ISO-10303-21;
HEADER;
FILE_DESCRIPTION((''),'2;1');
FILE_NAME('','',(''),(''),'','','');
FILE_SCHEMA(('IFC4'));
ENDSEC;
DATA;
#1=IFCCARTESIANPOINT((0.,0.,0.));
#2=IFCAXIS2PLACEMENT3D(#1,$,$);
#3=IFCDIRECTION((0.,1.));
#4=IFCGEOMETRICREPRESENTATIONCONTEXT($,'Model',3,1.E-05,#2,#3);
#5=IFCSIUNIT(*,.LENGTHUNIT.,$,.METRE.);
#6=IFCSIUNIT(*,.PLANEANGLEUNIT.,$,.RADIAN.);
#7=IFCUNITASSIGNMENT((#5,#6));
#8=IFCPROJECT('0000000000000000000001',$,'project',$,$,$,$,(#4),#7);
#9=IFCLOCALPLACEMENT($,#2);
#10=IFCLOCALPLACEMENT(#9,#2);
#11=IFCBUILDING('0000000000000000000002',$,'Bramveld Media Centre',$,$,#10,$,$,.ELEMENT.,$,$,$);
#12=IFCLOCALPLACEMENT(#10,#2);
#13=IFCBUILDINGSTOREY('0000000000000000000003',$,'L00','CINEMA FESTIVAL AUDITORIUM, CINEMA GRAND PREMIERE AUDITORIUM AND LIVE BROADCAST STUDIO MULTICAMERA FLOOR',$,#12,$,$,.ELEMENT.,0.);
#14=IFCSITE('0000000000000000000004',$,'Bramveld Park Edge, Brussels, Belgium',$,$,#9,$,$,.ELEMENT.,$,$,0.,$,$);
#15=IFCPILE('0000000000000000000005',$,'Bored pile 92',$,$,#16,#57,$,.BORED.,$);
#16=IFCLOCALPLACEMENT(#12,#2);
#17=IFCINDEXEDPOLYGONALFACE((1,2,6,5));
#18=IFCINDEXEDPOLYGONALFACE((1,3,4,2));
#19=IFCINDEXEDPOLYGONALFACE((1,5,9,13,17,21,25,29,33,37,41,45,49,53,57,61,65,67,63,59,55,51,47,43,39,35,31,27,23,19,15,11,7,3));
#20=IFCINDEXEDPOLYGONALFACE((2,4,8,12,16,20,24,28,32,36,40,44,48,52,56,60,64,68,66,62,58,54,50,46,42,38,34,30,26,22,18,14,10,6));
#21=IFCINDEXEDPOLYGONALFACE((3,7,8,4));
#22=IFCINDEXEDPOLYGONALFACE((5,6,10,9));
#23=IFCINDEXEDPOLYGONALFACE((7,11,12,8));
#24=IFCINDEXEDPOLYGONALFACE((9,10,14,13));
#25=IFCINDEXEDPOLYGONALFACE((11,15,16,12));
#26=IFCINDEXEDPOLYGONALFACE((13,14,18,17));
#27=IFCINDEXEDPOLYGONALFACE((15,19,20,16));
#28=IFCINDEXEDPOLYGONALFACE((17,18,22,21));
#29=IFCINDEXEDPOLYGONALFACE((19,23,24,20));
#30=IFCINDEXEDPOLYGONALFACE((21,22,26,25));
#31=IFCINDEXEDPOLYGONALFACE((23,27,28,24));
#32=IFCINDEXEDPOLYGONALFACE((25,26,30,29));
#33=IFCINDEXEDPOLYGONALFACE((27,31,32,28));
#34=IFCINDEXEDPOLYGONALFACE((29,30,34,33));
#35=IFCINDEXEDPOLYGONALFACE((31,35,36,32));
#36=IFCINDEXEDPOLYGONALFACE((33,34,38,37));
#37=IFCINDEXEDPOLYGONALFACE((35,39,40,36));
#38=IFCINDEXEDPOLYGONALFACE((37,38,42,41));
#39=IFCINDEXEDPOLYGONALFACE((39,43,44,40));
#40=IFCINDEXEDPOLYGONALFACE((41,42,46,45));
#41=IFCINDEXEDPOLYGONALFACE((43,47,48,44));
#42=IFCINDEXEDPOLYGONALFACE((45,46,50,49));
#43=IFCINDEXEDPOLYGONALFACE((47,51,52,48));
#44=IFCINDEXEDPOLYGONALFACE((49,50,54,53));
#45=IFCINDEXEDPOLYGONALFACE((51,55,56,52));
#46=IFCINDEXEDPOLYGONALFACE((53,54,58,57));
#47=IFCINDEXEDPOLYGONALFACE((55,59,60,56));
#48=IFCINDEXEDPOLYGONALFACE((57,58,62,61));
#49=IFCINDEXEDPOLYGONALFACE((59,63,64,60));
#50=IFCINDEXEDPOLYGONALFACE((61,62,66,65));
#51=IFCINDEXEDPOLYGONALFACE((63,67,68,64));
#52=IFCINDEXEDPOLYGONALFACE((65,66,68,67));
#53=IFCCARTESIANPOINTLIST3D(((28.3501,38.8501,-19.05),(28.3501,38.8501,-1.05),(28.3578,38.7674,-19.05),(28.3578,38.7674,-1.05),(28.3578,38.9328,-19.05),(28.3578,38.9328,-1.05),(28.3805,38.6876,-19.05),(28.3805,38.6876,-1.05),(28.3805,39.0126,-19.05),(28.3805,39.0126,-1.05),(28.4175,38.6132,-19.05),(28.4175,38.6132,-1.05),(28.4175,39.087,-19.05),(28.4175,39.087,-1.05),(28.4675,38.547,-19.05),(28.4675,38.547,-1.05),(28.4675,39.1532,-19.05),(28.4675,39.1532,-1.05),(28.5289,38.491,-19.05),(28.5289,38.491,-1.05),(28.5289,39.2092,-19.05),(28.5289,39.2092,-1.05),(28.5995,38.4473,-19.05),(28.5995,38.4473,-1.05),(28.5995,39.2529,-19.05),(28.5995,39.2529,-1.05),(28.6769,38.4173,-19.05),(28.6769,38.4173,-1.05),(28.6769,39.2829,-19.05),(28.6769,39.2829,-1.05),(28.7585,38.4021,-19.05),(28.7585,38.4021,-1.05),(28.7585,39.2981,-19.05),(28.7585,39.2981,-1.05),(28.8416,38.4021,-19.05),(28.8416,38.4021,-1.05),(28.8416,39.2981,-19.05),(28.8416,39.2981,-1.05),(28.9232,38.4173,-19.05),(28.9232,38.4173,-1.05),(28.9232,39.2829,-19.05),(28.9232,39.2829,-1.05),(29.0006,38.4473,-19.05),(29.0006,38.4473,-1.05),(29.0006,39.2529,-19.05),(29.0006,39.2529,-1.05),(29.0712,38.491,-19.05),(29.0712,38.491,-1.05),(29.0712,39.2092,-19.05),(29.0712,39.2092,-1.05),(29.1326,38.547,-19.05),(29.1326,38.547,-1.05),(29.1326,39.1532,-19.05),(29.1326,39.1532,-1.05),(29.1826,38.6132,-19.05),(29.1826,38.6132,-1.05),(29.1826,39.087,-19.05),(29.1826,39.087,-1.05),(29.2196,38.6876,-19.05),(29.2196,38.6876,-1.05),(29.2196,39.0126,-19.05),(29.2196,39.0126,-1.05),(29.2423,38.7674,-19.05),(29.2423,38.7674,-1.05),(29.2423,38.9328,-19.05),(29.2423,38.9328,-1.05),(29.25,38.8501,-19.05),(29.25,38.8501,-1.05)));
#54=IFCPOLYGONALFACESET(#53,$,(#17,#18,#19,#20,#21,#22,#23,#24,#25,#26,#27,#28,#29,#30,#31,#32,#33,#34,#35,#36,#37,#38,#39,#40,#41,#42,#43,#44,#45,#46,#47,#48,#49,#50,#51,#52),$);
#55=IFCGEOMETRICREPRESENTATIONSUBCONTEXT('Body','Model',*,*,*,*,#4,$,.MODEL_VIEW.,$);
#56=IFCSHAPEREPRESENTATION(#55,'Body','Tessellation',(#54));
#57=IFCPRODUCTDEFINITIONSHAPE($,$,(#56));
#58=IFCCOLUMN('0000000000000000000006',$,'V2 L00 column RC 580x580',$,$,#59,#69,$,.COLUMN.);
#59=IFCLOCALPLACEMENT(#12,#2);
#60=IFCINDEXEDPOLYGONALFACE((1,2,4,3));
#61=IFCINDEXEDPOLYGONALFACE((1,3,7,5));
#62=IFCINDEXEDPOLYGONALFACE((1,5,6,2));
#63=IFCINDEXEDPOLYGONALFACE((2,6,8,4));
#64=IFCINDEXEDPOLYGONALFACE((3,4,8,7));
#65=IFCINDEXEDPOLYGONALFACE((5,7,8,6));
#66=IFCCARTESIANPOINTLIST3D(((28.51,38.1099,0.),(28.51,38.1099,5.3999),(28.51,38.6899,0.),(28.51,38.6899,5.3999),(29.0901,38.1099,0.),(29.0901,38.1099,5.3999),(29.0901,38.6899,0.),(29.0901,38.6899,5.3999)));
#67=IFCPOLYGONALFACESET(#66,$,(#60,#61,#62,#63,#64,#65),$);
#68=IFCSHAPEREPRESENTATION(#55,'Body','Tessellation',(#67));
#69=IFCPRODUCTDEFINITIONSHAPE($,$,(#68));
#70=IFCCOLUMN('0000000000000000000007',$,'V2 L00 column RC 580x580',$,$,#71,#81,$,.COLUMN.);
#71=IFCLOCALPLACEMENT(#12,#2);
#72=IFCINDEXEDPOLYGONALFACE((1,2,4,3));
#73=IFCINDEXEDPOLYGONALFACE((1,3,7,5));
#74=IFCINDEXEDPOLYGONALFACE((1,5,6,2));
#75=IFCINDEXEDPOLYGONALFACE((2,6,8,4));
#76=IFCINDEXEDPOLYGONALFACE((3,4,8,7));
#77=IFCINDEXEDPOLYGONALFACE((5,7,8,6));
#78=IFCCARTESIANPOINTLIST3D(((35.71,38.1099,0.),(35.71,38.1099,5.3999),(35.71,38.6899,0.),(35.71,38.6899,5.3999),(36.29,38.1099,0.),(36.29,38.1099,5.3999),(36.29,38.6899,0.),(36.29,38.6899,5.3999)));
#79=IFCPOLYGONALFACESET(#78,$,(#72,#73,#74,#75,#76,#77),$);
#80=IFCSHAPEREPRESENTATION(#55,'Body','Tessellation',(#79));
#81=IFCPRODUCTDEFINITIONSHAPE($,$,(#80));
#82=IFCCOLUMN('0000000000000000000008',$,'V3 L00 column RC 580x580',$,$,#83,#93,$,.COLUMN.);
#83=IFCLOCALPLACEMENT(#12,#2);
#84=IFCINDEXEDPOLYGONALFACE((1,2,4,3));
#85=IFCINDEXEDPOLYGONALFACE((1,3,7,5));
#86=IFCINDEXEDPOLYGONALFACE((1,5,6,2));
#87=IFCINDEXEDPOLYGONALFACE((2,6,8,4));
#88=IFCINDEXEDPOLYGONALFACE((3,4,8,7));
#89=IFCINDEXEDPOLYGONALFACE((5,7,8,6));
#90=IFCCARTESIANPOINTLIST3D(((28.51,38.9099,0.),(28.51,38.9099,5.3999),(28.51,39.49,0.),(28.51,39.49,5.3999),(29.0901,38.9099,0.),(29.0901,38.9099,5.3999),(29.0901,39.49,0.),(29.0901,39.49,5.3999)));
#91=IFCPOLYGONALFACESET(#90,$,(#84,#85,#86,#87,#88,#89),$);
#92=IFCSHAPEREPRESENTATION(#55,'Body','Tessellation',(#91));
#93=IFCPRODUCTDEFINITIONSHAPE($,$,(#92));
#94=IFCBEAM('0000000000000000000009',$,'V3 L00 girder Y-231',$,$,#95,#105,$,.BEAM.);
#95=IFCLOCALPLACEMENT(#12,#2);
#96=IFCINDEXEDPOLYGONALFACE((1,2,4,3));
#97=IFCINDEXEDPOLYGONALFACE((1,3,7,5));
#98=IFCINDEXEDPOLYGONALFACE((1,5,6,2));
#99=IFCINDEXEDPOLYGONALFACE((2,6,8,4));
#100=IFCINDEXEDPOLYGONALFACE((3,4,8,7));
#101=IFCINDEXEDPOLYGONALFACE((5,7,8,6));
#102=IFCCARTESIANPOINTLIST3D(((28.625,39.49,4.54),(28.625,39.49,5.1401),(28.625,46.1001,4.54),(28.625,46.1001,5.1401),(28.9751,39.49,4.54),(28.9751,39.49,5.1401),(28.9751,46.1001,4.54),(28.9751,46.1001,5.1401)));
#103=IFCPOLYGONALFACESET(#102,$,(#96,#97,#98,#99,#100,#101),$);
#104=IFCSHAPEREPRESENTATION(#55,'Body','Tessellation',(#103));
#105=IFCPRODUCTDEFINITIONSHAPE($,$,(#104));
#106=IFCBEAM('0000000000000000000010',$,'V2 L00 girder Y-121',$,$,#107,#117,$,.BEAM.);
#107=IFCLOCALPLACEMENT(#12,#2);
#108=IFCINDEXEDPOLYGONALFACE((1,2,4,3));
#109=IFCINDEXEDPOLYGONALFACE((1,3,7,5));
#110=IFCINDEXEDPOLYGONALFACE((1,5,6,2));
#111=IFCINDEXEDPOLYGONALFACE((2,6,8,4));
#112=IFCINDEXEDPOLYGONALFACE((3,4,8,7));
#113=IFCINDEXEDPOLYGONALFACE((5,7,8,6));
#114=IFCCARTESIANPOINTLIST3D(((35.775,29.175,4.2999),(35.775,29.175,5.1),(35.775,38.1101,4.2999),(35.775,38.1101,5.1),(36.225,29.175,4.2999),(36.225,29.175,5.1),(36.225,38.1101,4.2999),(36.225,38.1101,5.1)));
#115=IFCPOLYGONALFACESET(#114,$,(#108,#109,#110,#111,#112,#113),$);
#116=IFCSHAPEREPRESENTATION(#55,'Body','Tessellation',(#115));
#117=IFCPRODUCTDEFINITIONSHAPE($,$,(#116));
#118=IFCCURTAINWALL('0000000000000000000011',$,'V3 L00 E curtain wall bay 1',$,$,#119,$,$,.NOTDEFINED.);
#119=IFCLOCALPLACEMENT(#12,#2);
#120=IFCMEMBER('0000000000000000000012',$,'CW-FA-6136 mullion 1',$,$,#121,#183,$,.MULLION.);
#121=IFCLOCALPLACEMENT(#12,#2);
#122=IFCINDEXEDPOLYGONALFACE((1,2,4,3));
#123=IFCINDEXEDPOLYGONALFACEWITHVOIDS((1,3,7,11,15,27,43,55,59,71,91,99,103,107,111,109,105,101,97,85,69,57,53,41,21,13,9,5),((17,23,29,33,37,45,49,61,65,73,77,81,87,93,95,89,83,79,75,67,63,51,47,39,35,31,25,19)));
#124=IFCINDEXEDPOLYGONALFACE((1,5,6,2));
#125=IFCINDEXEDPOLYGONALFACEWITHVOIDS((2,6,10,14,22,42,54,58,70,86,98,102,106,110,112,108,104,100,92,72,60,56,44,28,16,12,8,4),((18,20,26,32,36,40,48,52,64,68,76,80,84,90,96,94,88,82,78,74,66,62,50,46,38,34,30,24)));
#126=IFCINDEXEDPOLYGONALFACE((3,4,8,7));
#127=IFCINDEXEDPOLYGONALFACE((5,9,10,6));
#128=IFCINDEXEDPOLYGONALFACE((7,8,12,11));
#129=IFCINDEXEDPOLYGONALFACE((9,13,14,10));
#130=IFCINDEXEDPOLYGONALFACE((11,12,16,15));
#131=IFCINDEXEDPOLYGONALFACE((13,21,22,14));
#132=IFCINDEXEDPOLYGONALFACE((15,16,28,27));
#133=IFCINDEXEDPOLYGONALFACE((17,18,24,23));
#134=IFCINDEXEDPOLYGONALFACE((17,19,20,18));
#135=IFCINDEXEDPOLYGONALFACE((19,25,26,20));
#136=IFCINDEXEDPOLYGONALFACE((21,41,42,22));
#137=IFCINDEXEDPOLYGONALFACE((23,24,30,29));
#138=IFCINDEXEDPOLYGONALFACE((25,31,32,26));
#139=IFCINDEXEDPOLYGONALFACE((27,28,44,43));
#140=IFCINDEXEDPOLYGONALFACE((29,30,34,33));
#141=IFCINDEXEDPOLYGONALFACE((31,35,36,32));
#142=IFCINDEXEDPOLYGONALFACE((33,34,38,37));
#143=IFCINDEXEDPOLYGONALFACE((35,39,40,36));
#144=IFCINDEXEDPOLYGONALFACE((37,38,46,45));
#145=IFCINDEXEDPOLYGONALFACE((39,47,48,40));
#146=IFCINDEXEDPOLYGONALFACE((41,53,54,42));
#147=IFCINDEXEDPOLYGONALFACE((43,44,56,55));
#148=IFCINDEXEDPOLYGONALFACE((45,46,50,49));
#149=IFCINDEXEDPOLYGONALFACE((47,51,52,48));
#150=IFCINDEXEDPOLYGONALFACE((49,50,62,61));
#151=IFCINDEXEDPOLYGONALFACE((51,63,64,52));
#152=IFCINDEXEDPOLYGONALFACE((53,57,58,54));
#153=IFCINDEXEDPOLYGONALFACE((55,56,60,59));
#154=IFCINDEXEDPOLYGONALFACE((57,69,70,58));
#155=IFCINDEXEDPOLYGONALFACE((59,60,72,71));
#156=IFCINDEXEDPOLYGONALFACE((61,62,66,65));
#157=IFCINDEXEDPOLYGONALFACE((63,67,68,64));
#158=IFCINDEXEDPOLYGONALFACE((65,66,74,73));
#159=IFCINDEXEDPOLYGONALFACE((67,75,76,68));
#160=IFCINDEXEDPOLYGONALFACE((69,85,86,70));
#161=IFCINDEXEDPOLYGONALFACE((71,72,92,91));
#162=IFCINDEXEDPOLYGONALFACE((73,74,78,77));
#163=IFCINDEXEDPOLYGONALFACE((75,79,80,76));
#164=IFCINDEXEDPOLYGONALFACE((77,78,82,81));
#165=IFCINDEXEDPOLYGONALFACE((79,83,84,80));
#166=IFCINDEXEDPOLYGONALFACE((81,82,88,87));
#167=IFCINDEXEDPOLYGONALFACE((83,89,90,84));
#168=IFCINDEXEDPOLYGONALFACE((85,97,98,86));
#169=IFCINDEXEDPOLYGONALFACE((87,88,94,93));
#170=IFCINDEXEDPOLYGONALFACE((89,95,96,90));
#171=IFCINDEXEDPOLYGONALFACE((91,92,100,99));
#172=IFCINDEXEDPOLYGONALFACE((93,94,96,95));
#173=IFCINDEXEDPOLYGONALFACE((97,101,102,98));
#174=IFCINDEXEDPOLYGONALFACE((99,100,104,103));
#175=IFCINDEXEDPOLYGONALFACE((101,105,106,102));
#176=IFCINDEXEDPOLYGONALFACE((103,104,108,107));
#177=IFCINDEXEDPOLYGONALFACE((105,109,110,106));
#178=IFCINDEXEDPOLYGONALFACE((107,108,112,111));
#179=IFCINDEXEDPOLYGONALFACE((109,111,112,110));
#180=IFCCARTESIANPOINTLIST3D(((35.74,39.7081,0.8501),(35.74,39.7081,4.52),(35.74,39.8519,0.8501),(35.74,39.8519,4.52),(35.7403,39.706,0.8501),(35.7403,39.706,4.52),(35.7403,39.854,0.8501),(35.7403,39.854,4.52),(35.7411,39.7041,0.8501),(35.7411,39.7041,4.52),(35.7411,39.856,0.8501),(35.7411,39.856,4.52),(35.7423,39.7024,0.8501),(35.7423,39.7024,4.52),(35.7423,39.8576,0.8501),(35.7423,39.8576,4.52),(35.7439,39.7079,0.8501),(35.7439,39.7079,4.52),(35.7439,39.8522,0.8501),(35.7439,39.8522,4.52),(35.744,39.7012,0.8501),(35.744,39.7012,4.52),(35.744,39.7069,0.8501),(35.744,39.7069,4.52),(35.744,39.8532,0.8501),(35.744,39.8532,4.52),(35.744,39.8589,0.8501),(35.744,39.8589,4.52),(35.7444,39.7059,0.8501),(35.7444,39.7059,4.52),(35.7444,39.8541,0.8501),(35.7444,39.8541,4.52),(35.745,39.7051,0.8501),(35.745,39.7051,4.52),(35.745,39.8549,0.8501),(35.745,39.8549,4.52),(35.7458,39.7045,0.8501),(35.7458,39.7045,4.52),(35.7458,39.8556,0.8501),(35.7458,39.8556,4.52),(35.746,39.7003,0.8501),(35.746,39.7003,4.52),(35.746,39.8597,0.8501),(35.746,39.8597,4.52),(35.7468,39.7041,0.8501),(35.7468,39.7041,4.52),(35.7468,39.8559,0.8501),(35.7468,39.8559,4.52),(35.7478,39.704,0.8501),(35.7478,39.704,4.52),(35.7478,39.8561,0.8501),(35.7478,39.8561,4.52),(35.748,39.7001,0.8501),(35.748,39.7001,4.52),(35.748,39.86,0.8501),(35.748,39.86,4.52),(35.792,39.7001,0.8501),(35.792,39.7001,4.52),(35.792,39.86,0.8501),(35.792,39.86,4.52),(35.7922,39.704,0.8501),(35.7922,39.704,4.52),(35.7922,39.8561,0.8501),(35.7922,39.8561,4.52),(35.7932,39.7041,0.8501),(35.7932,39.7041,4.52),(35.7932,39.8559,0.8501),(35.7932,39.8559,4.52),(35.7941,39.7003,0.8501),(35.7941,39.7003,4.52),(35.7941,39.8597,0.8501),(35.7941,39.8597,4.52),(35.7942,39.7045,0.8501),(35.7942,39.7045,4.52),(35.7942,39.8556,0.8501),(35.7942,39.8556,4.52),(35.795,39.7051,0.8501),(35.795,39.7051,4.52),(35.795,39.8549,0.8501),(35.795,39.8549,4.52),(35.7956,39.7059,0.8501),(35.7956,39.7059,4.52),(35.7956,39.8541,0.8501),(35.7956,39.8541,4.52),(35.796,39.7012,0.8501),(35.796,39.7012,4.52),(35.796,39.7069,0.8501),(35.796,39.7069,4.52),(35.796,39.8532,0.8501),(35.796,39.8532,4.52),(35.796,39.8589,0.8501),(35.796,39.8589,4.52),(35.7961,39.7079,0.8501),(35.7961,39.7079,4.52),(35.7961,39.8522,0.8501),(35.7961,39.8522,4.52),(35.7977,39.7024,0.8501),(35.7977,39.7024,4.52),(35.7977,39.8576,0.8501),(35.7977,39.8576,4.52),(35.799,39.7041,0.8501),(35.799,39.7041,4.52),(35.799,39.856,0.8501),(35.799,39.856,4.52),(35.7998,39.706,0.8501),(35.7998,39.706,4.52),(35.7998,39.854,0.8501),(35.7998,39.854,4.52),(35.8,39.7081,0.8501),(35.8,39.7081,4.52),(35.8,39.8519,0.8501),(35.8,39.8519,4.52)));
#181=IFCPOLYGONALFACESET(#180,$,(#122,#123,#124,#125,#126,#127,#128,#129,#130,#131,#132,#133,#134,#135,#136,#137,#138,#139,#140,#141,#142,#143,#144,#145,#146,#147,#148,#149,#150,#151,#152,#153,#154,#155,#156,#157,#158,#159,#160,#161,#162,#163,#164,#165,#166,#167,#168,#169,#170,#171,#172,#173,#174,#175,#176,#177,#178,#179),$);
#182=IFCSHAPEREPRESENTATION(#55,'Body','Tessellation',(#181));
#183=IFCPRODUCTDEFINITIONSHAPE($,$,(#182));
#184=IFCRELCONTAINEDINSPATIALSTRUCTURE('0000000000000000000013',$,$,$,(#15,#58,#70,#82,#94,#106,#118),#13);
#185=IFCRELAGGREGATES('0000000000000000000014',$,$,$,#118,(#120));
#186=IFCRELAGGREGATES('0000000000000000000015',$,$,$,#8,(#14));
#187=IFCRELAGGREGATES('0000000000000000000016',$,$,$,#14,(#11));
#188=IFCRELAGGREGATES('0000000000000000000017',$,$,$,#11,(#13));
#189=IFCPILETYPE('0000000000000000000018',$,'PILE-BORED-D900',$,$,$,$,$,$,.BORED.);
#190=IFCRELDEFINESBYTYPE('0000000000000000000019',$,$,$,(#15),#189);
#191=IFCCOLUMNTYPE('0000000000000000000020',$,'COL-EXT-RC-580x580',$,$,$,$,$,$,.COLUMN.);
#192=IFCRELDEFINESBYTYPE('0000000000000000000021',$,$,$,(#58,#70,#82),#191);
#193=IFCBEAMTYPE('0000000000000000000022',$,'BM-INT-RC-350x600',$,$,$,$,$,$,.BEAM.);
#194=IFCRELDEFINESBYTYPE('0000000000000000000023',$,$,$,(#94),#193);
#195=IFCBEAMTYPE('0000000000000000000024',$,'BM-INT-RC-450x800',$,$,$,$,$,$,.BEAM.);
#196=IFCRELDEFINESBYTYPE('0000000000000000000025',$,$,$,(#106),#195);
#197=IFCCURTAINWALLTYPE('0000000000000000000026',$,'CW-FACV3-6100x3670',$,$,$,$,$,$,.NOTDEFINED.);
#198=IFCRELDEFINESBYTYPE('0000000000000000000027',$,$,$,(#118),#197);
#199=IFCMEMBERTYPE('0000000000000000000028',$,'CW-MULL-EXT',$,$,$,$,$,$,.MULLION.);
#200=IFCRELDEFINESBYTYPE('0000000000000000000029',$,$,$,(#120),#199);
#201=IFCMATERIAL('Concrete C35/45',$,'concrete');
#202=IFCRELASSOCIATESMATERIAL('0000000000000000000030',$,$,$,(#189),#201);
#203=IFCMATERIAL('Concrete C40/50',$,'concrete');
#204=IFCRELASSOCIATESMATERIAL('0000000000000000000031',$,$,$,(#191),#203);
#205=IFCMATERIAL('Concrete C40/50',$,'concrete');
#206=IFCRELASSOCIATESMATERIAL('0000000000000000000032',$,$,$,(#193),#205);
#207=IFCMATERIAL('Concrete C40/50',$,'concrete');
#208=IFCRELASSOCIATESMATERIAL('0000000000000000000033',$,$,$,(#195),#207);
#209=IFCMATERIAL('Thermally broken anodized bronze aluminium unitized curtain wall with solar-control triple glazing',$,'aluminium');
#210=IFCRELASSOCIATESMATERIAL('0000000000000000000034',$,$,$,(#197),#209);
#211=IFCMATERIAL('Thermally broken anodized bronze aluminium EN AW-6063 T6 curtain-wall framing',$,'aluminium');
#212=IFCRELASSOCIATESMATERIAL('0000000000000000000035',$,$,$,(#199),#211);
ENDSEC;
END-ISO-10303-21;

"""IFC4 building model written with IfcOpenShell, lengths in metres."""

from ifc_helpers import new_model, si_unit, direction, frame, origin, origin_2d, place, context, subcontext, project, spatial, rectangle, hollow_rectangle, circle, extrude, material, material_profile, profile_set, type_object, element, aggregate, save


model = new_model("IFC4")

# Units and contexts
model_context = context("Model", 3, precision=1e-05, world=origin(), true_north=direction((0.0, 1.0)))
body_context = subcontext(model_context, "Body", "Model", "MODEL_VIEW")
ifc_project = project(units=[si_unit("LENGTHUNIT", "METRE"), si_unit("PLANEANGLEUNIT", "RADIAN")], contexts=[model_context])

# Site, building, storey
site_placement = place(None, origin())
site = spatial("IfcSite", under=ifc_project, at=site_placement, Name="Bramveld Park Edge, Brussels, Belgium", CompositionType="ELEMENT", RefElevation=0.0)
building_placement = place(site_placement, origin())
building = spatial("IfcBuilding", under=site, at=building_placement, Name="Bramveld Media Centre", CompositionType="ELEMENT")
storey_placement = place(building_placement, origin())
storey = spatial("IfcBuildingStorey", under=building, at=storey_placement, Name="L00", Description="CINEMA FESTIVAL AUDITORIUM, CINEMA GRAND PREMIERE AUDITORIUM AND LIVE BROADCAST STUDIO MULTICAMERA FLOOR", CompositionType="ELEMENT", Elevation=0.0)

# Pile
ifc_material_1 = material(Name="Concrete C35/45", Category="concrete")
ifc_material_profile_1 = material_profile(ifc_material_1, circle(Radius=0.45, at=origin_2d()), Name="BORED D900")
ifc_profile_set_1 = profile_set([ifc_material_profile_1], Name="Concrete C35/45")
pile_type_1 = type_object("IfcPileType", Name="PILE-BORED-D900", PredefinedType="BORED", material=ifc_profile_set_1)
pile_placement = place(storey_placement, frame((28.8, 38.8501, -1.05), z_axis=(0.0, 0.0, -1.0), x_axis=(1.0, 0.0, 0.0)))
element("IfcPile", 1, at=pile_placement, inside=storey, type_object=pile_type_1, Name="Bored pile 92", PredefinedType="BORED", context=body_context, shape_type="SweptSolid", body=[
    extrude(circle(Radius=0.45, at=origin_2d()), origin(), (0.0, 0.0, 1.0), 18.0),
])

# Columns
ifc_material_2 = material(Name="Concrete C40/50", Category="concrete")
ifc_material_profile_2 = material_profile(ifc_material_2, rectangle(XDim=0.5801, YDim=0.5801, at=origin_2d()), Name="RC 580x580")
ifc_profile_set_2 = profile_set([ifc_material_profile_2], Name="Concrete C40/50")
column_type = type_object("IfcColumnType", Name="COL-EXT-RC-580x580", PredefinedType="COLUMN", material=ifc_profile_set_2)
for number, where, z_axis, x_axis, name in (
    (2, (28.8, 38.3999, 0.0), (0.0, 0.0, 1.0), (1.0, 0.0, 0.0), "V2 L00 column RC 580x580"),
    (3, (36.0, 38.3999, 0.0), (0.0, 0.0, 1.0), (1.0, 0.0, 0.0), "V2 L00 column RC 580x580"),
    (4, (28.8, 39.2, 0.0), (0.0, 0.0, 1.0), (1.0, 0.0, 0.0), "V3 L00 column RC 580x580"),
):
    element("IfcColumn", number, at=place(storey_placement, frame(where, z_axis=z_axis, x_axis=x_axis)), inside=storey, type_object=column_type, Name=name, PredefinedType="COLUMN", context=body_context, shape_type="SweptSolid", body=[
        extrude(rectangle(XDim=0.5801, YDim=0.5801, at=origin_2d()), origin(), (0.0, 0.0, 1.0), 5.3999),
    ])

# Beams
ifc_material_3 = material(Name="Concrete C40/50", Category="concrete")
ifc_material_profile_3 = material_profile(ifc_material_3, rectangle(XDim=0.3501, YDim=0.6001, at=origin_2d()), Name="RC 350x600")
ifc_profile_set_3 = profile_set([ifc_material_profile_3], Name="Concrete C40/50")
beam_type_1 = type_object("IfcBeamType", Name="BM-INT-RC-350x600", PredefinedType="BEAM", material=ifc_profile_set_3)
beam_1_placement = place(storey_placement, frame((28.8, 39.49, 4.8401), z_axis=(0.0, 1.0, 0.0), x_axis=(-1.0, 0.0, 0.0)))
element("IfcBeam", 5, at=beam_1_placement, inside=storey, type_object=beam_type_1, Name="V3 L00 girder Y-231", PredefinedType="BEAM", context=body_context, shape_type="SweptSolid", body=[
    extrude(rectangle(XDim=0.3501, YDim=0.6001, at=origin_2d()), origin(), (0.0, 0.0, 1.0), 6.6101),
])
ifc_material_4 = material(Name="Concrete C40/50", Category="concrete")
ifc_material_profile_4 = material_profile(ifc_material_4, rectangle(XDim=0.45, YDim=0.8, at=origin_2d()), Name="RC 450x800")
ifc_profile_set_4 = profile_set([ifc_material_profile_4], Name="Concrete C40/50")
beam_type_2 = type_object("IfcBeamType", Name="BM-INT-RC-450x800", PredefinedType="BEAM", material=ifc_profile_set_4)
beam_2_placement = place(storey_placement, frame((36.0, 29.175, 4.7), z_axis=(0.0, 1.0, 0.0), x_axis=(-1.0, 0.0, 0.0)))
element("IfcBeam", 6, at=beam_2_placement, inside=storey, type_object=beam_type_2, Name="V2 L00 girder Y-121", PredefinedType="BEAM", context=body_context, shape_type="SweptSolid", body=[
    extrude(rectangle(XDim=0.45, YDim=0.8, at=origin_2d()), origin(), (0.0, 0.0, 1.0), 8.9351),
])

# Curtain wall, member
ifc_material_5 = material(Name="Thermally broken anodized bronze aluminium unitized curtain wall with solar-control triple glazing", Category="aluminium")
curtain_wall_type = type_object("IfcCurtainWallType", Name="CW-FACV3-6100x3670", PredefinedType="NOTDEFINED", material=ifc_material_5)
curtain_wall_placement = place(storey_placement, origin())
curtain_wall = element("IfcCurtainWall", 7, at=curtain_wall_placement, inside=storey, type_object=curtain_wall_type, Name="V3 L00 E curtain wall bay 1", PredefinedType="NOTDEFINED")
ifc_material_6 = material(Name="Thermally broken anodized bronze aluminium EN AW-6063 T6 curtain-wall framing", Category="aluminium")
ifc_material_profile_5 = material_profile(ifc_material_6, hollow_rectangle(XDim=0.0601, YDim=0.1599, WallThickness=0.0039, InnerFilletRadius=0.0039, OuterFilletRadius=0.0081, at=origin_2d()), Name="AL-MULL 60x160")
ifc_profile_set_5 = profile_set([ifc_material_profile_5], Name="Thermally broken anodized bronze aluminium EN AW-6063 T6 curtain-wall framing")
member_type_1 = type_object("IfcMemberType", Name="CW-MULL-EXT", PredefinedType="MULLION", material=ifc_profile_set_5)
member_1_placement = place(storey_placement, frame((35.77, 39.78, 0.8501), z_axis=(0.0, 0.0, 1.0), x_axis=(-1.0, 0.0, 0.0)))
member_1 = element("IfcMember", 8, at=member_1_placement, type_object=member_type_1, Name="CW-FA-6136 mullion 1", PredefinedType="MULLION", context=body_context, shape_type="SweptSolid", body=[
    extrude(hollow_rectangle(XDim=0.0601, YDim=0.1599, WallThickness=0.0039, InnerFilletRadius=0.0039, OuterFilletRadius=0.0081, at=origin_2d()), origin(), (0.0, 0.0, 1.0), 3.6699),
])
aggregate(curtain_wall, [member_1])

save(model, "model.ifc")
